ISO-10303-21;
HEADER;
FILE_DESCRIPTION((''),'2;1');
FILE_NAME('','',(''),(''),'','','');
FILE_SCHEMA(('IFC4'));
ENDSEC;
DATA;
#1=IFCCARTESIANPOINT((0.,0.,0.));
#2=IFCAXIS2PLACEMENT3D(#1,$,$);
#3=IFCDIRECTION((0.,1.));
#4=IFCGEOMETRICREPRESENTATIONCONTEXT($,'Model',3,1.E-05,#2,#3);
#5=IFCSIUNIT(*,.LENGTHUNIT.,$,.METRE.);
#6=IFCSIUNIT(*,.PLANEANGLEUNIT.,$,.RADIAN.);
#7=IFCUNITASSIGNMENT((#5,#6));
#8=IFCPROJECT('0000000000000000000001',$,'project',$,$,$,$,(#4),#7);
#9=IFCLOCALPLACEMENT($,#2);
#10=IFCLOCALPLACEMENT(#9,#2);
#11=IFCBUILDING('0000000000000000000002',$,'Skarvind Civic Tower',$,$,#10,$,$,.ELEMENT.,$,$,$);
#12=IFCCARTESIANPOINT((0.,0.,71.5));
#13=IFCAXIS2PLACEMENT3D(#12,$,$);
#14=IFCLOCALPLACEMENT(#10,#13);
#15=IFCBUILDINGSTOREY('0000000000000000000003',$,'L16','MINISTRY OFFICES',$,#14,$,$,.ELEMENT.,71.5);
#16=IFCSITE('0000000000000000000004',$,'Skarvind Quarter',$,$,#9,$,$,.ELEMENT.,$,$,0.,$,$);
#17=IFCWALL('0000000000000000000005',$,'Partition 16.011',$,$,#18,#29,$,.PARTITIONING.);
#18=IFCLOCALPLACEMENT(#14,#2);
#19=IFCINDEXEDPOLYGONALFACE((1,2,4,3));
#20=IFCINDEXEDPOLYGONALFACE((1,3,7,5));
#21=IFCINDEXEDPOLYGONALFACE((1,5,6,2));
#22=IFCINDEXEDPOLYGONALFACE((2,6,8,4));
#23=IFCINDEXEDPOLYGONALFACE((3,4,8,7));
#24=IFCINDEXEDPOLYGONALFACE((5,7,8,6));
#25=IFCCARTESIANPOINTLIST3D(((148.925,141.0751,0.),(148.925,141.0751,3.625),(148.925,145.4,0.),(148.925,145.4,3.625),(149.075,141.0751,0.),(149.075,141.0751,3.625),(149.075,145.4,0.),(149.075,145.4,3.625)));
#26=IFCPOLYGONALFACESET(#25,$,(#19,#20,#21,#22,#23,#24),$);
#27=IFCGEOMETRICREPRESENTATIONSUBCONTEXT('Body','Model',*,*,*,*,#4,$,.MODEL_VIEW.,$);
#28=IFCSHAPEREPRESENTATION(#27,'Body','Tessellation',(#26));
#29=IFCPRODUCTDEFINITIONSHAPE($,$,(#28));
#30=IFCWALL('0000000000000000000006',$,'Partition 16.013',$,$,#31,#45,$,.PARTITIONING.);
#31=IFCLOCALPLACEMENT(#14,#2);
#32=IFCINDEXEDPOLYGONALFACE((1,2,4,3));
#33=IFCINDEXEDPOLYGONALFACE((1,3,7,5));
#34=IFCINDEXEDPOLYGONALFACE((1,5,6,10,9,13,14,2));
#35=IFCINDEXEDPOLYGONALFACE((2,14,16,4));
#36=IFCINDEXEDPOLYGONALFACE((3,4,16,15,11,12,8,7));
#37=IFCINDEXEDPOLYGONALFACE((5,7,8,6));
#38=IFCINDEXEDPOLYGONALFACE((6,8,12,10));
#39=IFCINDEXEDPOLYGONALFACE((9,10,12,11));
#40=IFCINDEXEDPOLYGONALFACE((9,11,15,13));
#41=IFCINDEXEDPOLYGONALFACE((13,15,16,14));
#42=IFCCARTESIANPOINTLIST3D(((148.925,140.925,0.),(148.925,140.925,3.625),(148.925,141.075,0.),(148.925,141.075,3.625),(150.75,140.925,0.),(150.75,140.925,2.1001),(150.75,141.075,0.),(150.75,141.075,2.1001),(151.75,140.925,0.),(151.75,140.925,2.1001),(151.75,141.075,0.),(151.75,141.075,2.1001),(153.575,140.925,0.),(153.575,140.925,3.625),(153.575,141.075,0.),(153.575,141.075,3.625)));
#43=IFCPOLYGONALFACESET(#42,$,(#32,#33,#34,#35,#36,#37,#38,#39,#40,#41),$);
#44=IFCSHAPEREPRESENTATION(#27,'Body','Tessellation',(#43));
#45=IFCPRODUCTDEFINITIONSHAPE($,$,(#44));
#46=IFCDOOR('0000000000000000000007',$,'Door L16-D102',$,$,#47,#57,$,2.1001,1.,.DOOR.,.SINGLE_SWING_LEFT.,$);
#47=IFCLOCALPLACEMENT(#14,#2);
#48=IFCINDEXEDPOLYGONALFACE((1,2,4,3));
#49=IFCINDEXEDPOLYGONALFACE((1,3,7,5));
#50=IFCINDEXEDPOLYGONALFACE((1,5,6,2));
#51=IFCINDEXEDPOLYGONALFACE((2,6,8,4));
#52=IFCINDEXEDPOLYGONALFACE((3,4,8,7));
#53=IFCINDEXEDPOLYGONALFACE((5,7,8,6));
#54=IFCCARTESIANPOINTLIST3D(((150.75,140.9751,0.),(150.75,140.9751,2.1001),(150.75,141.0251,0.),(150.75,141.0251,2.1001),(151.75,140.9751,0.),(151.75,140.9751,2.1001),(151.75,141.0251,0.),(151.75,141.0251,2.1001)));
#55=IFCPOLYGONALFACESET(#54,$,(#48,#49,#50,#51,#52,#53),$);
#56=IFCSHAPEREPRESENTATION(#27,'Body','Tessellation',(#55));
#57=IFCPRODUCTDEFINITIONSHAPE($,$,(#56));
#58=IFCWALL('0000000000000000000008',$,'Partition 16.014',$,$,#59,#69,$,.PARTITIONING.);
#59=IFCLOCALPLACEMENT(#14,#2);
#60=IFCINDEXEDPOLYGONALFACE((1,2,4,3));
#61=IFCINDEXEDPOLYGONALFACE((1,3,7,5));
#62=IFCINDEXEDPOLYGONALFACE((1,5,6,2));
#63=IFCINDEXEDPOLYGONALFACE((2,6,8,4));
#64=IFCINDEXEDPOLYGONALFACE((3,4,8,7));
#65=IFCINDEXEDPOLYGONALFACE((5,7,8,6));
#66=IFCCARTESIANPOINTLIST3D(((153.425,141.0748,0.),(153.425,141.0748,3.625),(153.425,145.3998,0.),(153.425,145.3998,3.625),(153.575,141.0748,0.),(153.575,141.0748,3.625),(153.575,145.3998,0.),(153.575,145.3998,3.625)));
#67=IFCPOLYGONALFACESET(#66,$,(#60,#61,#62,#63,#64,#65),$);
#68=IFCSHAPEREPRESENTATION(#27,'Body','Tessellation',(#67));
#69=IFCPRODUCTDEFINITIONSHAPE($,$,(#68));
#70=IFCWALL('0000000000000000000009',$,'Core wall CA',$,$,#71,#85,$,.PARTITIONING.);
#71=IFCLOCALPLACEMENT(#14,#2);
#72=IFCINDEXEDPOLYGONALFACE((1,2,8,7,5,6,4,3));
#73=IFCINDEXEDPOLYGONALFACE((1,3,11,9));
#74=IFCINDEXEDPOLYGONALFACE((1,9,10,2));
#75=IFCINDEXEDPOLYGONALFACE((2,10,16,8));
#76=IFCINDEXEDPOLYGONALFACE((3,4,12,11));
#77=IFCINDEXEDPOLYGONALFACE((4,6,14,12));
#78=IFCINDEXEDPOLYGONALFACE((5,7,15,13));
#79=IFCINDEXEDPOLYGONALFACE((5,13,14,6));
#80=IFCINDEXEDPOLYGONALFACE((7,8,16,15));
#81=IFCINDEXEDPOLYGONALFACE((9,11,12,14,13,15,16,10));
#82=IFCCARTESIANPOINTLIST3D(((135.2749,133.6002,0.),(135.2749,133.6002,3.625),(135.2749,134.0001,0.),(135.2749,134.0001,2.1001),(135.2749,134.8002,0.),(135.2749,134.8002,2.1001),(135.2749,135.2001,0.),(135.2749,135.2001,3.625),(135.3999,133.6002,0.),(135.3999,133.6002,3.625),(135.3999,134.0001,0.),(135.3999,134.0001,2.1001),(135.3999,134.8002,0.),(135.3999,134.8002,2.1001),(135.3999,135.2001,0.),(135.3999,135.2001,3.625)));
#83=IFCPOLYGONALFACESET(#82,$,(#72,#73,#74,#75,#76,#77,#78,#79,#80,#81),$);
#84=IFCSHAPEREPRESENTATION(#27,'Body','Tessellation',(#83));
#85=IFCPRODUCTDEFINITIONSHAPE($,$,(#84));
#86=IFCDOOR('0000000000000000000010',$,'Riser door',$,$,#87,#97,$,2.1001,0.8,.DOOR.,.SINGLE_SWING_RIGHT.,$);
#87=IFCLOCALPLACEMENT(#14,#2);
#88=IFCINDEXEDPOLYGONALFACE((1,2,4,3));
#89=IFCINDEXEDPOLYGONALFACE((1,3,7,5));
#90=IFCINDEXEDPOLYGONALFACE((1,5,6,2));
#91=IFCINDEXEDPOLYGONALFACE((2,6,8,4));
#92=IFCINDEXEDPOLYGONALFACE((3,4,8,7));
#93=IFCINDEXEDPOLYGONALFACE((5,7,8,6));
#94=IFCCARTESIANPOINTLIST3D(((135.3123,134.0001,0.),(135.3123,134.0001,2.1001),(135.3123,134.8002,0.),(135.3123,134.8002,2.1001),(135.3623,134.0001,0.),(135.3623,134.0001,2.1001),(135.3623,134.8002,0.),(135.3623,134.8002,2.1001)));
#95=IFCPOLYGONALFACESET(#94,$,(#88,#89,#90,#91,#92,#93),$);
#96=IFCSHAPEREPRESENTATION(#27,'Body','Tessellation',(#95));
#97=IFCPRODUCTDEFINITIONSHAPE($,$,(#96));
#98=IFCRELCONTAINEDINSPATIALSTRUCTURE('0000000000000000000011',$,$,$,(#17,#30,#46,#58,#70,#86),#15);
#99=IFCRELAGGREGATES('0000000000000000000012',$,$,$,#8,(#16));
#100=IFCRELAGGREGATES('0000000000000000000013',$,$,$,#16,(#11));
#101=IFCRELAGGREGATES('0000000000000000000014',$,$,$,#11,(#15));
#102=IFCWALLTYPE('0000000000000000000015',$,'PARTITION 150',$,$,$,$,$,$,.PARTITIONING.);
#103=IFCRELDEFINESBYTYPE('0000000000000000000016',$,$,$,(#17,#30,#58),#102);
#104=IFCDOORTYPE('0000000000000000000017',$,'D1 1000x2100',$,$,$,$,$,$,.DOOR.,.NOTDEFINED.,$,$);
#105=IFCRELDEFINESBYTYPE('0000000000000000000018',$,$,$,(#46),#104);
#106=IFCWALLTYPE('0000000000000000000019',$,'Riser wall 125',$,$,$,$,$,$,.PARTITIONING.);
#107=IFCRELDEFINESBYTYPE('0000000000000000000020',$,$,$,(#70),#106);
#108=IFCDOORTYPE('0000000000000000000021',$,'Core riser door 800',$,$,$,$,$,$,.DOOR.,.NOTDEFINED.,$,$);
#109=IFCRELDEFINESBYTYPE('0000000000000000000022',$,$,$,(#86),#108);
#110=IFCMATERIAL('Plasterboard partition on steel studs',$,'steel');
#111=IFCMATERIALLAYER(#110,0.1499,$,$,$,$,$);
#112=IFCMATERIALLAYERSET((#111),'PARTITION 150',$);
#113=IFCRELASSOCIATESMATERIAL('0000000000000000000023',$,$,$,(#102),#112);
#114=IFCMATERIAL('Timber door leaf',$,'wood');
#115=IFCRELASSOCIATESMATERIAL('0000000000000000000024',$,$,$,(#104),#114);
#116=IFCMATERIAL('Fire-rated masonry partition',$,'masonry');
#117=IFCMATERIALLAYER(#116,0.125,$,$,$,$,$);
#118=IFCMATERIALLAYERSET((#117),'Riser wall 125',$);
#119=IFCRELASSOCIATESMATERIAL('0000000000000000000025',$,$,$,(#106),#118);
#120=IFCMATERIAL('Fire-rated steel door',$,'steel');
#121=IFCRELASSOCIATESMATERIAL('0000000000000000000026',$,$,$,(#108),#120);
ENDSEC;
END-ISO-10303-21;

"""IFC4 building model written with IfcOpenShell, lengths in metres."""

from ifc_helpers import new_model, si_unit, direction, frame, frame_2d, origin, place, context, subcontext, project, spatial, rectangle, extrude, material, layer, layer_set, type_object, element, fill, save


model = new_model("IFC4")

# Units and contexts
model_context = context("Model", 3, precision=1e-05, world=origin(), true_north=direction((0.0, 1.0)))
body_context = subcontext(model_context, "Body", "Model", "MODEL_VIEW")
ifc_project = project(units=[si_unit("LENGTHUNIT", "METRE"), si_unit("PLANEANGLEUNIT", "RADIAN")], contexts=[model_context])

# Site, building, storey
site_placement = place(None, origin())
site = spatial("IfcSite", under=ifc_project, at=site_placement, Name="Skarvind Quarter", CompositionType="ELEMENT", RefElevation=0.0)
building_placement = place(site_placement, origin())
building = spatial("IfcBuilding", under=site, at=building_placement, Name="Skarvind Civic Tower", CompositionType="ELEMENT")
storey_placement = place(building_placement, frame((0.0, 0.0, 71.5)))
storey = spatial("IfcBuildingStorey", under=building, at=storey_placement, Name="L16", Description="MINISTRY OFFICES", CompositionType="ELEMENT", Elevation=71.5)

# Shared definitions
ifc_material_1 = material(Name="Timber door leaf", Category="wood")
ifc_material_2 = material(Name="Fire-rated masonry partition", Category="masonry")
ifc_material_3 = material(Name="Fire-rated steel door", Category="steel")

# Wall
ifc_material_4 = material(Name="Plasterboard partition on steel studs", Category="steel")
ifc_layer_1 = layer(ifc_material_4, 0.1499)
ifc_layer_set_1 = layer_set([ifc_layer_1], Name="PARTITION 150")
wall_type_1 = type_object("IfcWallType", Name="PARTITION 150", PredefinedType="PARTITIONING", material=ifc_layer_set_1)
wall_1_placement = place(storey_placement, frame((149.0, 141.075, 0.0), z_axis=(0.0, 0.0, 1.0), x_axis=(0.0, 1.0, 0.0)))
element("IfcWall", 1, at=wall_1_placement, inside=storey, type_object=wall_type_1, Name="Partition 16.011", PredefinedType="PARTITIONING", context=body_context, shape_type="SweptSolid", body=[
    extrude(rectangle(XDim=4.325, YDim=0.1499, at=frame_2d((2.1626, 0.0))), origin(), (0.0, 0.0, 1.0), 3.625),
])

# Wall, opening, door
wall_2_placement = place(storey_placement, frame((153.575, 141.0, 0.0), z_axis=(0.0, 0.0, 1.0), x_axis=(-1.0, 0.0, 0.0)))
wall_2 = element("IfcWall", 2, at=wall_2_placement, inside=storey, type_object=wall_type_1, Name="Partition 16.013", PredefinedType="PARTITIONING", context=body_context, shape_type="SweptSolid", body=[
    extrude(rectangle(XDim=4.6499, YDim=0.1499, at=frame_2d((2.325, 0.0))), origin(), (0.0, 0.0, 1.0), 3.625),
])
opening_1_placement = place(wall_2_placement, frame((1.825, 0.0, 0.0)))
opening_1 = element("IfcOpeningElement", 3, at=opening_1_placement, cuts=wall_2, PredefinedType="OPENING", context=body_context, shape_type="SweptSolid", body=[
    extrude(rectangle(XDim=1.0, YDim=2.1001, at=frame_2d((0.5, 1.05))), frame((0.0, 0.085, 0.0), z_axis=(0.0, -1.0, 0.0), x_axis=(1.0, 0.0, 0.0)), (0.0, 0.0, 1.0), 0.1699),
])
door_type_1 = type_object("IfcDoorType", Name="D1 1000x2100", OperationType="NOTDEFINED", PredefinedType="DOOR", material=ifc_material_1)
door_1_placement = place(opening_1_placement, origin())
door_1 = element("IfcDoor", 4, at=door_1_placement, inside=storey, type_object=door_type_1, Name="Door L16-D102", OperationType="SINGLE_SWING_LEFT", OverallHeight=2.1001, OverallWidth=1.0, PredefinedType="DOOR", context=body_context, shape_type="SweptSolid", body=[
    extrude(rectangle(XDim=1.0, YDim=2.1001, at=frame_2d((0.5, 1.05))), frame((0.0, 0.0249, 0.0), z_axis=(0.0, -1.0, 0.0), x_axis=(1.0, 0.0, 0.0)), (0.0, 0.0, 1.0), 0.05),
])
fill(opening_1, door_1)

# Wall
wall_3_placement = place(storey_placement, frame((153.5, 145.3999, 0.0), z_axis=(0.0, 0.0, 1.0), x_axis=(0.0, -1.0, 0.0)))
element("IfcWall", 5, at=wall_3_placement, inside=storey, type_object=wall_type_1, Name="Partition 16.014", PredefinedType="PARTITIONING", context=body_context, shape_type="SweptSolid", body=[
    extrude(rectangle(XDim=4.325, YDim=0.1499, at=frame_2d((2.1626, 0.0))), origin(), (0.0, 0.0, 1.0), 3.625),
])

# Wall, opening, door
ifc_layer_2 = layer(ifc_material_2, 0.125)
ifc_layer_set_2 = layer_set([ifc_layer_2], Name="Riser wall 125")
wall_type_2 = type_object("IfcWallType", Name="Riser wall 125", PredefinedType="PARTITIONING", material=ifc_layer_set_2)
wall_4_placement = place(storey_placement, frame((135.3374, 135.2, 0.0), z_axis=(0.0, 0.0, 1.0), x_axis=(0.0, -1.0, 0.0)))
wall_4 = element("IfcWall", 6, at=wall_4_placement, inside=storey, type_object=wall_type_2, Name="Core wall CA", PredefinedType="PARTITIONING", context=body_context, shape_type="SweptSolid", body=[
    extrude(rectangle(XDim=1.5999, YDim=0.125, at=frame_2d((0.7998, 0.0))), origin(), (0.0, 0.0, 1.0), 3.625),
])
opening_2_placement = place(wall_4_placement, frame((0.3999, 0.0, 0.0)))
opening_2 = element("IfcOpeningElement", 7, at=opening_2_placement, cuts=wall_4, PredefinedType="OPENING", context=body_context, shape_type="SweptSolid", body=[
    extrude(rectangle(XDim=0.8, YDim=2.1001, at=frame_2d((0.3999, 1.05))), frame((0.0, 0.0725, 0.0), z_axis=(0.0, -1.0, 0.0), x_axis=(1.0, 0.0, 0.0)), (0.0, 0.0, 1.0), 0.145),
])
door_type_2 = type_object("IfcDoorType", Name="Core riser door 800", OperationType="NOTDEFINED", PredefinedType="DOOR", material=ifc_material_3)
door_2_placement = place(opening_2_placement, origin())
door_2 = element("IfcDoor", 8, at=door_2_placement, inside=storey, type_object=door_type_2, Name="Riser door", OperationType="SINGLE_SWING_RIGHT", OverallHeight=2.1001, OverallWidth=0.8, PredefinedType="DOOR", context=body_context, shape_type="SweptSolid", body=[
    extrude(rectangle(XDim=0.8, YDim=2.1001, at=frame_2d((0.3999, 1.05))), frame((0.0, 0.0249, 0.0), z_axis=(0.0, -1.0, 0.0), x_axis=(1.0, 0.0, 0.0)), (0.0, 0.0, 1.0), 0.05),
])
fill(opening_2, door_2)

save(model, "model.ifc")
